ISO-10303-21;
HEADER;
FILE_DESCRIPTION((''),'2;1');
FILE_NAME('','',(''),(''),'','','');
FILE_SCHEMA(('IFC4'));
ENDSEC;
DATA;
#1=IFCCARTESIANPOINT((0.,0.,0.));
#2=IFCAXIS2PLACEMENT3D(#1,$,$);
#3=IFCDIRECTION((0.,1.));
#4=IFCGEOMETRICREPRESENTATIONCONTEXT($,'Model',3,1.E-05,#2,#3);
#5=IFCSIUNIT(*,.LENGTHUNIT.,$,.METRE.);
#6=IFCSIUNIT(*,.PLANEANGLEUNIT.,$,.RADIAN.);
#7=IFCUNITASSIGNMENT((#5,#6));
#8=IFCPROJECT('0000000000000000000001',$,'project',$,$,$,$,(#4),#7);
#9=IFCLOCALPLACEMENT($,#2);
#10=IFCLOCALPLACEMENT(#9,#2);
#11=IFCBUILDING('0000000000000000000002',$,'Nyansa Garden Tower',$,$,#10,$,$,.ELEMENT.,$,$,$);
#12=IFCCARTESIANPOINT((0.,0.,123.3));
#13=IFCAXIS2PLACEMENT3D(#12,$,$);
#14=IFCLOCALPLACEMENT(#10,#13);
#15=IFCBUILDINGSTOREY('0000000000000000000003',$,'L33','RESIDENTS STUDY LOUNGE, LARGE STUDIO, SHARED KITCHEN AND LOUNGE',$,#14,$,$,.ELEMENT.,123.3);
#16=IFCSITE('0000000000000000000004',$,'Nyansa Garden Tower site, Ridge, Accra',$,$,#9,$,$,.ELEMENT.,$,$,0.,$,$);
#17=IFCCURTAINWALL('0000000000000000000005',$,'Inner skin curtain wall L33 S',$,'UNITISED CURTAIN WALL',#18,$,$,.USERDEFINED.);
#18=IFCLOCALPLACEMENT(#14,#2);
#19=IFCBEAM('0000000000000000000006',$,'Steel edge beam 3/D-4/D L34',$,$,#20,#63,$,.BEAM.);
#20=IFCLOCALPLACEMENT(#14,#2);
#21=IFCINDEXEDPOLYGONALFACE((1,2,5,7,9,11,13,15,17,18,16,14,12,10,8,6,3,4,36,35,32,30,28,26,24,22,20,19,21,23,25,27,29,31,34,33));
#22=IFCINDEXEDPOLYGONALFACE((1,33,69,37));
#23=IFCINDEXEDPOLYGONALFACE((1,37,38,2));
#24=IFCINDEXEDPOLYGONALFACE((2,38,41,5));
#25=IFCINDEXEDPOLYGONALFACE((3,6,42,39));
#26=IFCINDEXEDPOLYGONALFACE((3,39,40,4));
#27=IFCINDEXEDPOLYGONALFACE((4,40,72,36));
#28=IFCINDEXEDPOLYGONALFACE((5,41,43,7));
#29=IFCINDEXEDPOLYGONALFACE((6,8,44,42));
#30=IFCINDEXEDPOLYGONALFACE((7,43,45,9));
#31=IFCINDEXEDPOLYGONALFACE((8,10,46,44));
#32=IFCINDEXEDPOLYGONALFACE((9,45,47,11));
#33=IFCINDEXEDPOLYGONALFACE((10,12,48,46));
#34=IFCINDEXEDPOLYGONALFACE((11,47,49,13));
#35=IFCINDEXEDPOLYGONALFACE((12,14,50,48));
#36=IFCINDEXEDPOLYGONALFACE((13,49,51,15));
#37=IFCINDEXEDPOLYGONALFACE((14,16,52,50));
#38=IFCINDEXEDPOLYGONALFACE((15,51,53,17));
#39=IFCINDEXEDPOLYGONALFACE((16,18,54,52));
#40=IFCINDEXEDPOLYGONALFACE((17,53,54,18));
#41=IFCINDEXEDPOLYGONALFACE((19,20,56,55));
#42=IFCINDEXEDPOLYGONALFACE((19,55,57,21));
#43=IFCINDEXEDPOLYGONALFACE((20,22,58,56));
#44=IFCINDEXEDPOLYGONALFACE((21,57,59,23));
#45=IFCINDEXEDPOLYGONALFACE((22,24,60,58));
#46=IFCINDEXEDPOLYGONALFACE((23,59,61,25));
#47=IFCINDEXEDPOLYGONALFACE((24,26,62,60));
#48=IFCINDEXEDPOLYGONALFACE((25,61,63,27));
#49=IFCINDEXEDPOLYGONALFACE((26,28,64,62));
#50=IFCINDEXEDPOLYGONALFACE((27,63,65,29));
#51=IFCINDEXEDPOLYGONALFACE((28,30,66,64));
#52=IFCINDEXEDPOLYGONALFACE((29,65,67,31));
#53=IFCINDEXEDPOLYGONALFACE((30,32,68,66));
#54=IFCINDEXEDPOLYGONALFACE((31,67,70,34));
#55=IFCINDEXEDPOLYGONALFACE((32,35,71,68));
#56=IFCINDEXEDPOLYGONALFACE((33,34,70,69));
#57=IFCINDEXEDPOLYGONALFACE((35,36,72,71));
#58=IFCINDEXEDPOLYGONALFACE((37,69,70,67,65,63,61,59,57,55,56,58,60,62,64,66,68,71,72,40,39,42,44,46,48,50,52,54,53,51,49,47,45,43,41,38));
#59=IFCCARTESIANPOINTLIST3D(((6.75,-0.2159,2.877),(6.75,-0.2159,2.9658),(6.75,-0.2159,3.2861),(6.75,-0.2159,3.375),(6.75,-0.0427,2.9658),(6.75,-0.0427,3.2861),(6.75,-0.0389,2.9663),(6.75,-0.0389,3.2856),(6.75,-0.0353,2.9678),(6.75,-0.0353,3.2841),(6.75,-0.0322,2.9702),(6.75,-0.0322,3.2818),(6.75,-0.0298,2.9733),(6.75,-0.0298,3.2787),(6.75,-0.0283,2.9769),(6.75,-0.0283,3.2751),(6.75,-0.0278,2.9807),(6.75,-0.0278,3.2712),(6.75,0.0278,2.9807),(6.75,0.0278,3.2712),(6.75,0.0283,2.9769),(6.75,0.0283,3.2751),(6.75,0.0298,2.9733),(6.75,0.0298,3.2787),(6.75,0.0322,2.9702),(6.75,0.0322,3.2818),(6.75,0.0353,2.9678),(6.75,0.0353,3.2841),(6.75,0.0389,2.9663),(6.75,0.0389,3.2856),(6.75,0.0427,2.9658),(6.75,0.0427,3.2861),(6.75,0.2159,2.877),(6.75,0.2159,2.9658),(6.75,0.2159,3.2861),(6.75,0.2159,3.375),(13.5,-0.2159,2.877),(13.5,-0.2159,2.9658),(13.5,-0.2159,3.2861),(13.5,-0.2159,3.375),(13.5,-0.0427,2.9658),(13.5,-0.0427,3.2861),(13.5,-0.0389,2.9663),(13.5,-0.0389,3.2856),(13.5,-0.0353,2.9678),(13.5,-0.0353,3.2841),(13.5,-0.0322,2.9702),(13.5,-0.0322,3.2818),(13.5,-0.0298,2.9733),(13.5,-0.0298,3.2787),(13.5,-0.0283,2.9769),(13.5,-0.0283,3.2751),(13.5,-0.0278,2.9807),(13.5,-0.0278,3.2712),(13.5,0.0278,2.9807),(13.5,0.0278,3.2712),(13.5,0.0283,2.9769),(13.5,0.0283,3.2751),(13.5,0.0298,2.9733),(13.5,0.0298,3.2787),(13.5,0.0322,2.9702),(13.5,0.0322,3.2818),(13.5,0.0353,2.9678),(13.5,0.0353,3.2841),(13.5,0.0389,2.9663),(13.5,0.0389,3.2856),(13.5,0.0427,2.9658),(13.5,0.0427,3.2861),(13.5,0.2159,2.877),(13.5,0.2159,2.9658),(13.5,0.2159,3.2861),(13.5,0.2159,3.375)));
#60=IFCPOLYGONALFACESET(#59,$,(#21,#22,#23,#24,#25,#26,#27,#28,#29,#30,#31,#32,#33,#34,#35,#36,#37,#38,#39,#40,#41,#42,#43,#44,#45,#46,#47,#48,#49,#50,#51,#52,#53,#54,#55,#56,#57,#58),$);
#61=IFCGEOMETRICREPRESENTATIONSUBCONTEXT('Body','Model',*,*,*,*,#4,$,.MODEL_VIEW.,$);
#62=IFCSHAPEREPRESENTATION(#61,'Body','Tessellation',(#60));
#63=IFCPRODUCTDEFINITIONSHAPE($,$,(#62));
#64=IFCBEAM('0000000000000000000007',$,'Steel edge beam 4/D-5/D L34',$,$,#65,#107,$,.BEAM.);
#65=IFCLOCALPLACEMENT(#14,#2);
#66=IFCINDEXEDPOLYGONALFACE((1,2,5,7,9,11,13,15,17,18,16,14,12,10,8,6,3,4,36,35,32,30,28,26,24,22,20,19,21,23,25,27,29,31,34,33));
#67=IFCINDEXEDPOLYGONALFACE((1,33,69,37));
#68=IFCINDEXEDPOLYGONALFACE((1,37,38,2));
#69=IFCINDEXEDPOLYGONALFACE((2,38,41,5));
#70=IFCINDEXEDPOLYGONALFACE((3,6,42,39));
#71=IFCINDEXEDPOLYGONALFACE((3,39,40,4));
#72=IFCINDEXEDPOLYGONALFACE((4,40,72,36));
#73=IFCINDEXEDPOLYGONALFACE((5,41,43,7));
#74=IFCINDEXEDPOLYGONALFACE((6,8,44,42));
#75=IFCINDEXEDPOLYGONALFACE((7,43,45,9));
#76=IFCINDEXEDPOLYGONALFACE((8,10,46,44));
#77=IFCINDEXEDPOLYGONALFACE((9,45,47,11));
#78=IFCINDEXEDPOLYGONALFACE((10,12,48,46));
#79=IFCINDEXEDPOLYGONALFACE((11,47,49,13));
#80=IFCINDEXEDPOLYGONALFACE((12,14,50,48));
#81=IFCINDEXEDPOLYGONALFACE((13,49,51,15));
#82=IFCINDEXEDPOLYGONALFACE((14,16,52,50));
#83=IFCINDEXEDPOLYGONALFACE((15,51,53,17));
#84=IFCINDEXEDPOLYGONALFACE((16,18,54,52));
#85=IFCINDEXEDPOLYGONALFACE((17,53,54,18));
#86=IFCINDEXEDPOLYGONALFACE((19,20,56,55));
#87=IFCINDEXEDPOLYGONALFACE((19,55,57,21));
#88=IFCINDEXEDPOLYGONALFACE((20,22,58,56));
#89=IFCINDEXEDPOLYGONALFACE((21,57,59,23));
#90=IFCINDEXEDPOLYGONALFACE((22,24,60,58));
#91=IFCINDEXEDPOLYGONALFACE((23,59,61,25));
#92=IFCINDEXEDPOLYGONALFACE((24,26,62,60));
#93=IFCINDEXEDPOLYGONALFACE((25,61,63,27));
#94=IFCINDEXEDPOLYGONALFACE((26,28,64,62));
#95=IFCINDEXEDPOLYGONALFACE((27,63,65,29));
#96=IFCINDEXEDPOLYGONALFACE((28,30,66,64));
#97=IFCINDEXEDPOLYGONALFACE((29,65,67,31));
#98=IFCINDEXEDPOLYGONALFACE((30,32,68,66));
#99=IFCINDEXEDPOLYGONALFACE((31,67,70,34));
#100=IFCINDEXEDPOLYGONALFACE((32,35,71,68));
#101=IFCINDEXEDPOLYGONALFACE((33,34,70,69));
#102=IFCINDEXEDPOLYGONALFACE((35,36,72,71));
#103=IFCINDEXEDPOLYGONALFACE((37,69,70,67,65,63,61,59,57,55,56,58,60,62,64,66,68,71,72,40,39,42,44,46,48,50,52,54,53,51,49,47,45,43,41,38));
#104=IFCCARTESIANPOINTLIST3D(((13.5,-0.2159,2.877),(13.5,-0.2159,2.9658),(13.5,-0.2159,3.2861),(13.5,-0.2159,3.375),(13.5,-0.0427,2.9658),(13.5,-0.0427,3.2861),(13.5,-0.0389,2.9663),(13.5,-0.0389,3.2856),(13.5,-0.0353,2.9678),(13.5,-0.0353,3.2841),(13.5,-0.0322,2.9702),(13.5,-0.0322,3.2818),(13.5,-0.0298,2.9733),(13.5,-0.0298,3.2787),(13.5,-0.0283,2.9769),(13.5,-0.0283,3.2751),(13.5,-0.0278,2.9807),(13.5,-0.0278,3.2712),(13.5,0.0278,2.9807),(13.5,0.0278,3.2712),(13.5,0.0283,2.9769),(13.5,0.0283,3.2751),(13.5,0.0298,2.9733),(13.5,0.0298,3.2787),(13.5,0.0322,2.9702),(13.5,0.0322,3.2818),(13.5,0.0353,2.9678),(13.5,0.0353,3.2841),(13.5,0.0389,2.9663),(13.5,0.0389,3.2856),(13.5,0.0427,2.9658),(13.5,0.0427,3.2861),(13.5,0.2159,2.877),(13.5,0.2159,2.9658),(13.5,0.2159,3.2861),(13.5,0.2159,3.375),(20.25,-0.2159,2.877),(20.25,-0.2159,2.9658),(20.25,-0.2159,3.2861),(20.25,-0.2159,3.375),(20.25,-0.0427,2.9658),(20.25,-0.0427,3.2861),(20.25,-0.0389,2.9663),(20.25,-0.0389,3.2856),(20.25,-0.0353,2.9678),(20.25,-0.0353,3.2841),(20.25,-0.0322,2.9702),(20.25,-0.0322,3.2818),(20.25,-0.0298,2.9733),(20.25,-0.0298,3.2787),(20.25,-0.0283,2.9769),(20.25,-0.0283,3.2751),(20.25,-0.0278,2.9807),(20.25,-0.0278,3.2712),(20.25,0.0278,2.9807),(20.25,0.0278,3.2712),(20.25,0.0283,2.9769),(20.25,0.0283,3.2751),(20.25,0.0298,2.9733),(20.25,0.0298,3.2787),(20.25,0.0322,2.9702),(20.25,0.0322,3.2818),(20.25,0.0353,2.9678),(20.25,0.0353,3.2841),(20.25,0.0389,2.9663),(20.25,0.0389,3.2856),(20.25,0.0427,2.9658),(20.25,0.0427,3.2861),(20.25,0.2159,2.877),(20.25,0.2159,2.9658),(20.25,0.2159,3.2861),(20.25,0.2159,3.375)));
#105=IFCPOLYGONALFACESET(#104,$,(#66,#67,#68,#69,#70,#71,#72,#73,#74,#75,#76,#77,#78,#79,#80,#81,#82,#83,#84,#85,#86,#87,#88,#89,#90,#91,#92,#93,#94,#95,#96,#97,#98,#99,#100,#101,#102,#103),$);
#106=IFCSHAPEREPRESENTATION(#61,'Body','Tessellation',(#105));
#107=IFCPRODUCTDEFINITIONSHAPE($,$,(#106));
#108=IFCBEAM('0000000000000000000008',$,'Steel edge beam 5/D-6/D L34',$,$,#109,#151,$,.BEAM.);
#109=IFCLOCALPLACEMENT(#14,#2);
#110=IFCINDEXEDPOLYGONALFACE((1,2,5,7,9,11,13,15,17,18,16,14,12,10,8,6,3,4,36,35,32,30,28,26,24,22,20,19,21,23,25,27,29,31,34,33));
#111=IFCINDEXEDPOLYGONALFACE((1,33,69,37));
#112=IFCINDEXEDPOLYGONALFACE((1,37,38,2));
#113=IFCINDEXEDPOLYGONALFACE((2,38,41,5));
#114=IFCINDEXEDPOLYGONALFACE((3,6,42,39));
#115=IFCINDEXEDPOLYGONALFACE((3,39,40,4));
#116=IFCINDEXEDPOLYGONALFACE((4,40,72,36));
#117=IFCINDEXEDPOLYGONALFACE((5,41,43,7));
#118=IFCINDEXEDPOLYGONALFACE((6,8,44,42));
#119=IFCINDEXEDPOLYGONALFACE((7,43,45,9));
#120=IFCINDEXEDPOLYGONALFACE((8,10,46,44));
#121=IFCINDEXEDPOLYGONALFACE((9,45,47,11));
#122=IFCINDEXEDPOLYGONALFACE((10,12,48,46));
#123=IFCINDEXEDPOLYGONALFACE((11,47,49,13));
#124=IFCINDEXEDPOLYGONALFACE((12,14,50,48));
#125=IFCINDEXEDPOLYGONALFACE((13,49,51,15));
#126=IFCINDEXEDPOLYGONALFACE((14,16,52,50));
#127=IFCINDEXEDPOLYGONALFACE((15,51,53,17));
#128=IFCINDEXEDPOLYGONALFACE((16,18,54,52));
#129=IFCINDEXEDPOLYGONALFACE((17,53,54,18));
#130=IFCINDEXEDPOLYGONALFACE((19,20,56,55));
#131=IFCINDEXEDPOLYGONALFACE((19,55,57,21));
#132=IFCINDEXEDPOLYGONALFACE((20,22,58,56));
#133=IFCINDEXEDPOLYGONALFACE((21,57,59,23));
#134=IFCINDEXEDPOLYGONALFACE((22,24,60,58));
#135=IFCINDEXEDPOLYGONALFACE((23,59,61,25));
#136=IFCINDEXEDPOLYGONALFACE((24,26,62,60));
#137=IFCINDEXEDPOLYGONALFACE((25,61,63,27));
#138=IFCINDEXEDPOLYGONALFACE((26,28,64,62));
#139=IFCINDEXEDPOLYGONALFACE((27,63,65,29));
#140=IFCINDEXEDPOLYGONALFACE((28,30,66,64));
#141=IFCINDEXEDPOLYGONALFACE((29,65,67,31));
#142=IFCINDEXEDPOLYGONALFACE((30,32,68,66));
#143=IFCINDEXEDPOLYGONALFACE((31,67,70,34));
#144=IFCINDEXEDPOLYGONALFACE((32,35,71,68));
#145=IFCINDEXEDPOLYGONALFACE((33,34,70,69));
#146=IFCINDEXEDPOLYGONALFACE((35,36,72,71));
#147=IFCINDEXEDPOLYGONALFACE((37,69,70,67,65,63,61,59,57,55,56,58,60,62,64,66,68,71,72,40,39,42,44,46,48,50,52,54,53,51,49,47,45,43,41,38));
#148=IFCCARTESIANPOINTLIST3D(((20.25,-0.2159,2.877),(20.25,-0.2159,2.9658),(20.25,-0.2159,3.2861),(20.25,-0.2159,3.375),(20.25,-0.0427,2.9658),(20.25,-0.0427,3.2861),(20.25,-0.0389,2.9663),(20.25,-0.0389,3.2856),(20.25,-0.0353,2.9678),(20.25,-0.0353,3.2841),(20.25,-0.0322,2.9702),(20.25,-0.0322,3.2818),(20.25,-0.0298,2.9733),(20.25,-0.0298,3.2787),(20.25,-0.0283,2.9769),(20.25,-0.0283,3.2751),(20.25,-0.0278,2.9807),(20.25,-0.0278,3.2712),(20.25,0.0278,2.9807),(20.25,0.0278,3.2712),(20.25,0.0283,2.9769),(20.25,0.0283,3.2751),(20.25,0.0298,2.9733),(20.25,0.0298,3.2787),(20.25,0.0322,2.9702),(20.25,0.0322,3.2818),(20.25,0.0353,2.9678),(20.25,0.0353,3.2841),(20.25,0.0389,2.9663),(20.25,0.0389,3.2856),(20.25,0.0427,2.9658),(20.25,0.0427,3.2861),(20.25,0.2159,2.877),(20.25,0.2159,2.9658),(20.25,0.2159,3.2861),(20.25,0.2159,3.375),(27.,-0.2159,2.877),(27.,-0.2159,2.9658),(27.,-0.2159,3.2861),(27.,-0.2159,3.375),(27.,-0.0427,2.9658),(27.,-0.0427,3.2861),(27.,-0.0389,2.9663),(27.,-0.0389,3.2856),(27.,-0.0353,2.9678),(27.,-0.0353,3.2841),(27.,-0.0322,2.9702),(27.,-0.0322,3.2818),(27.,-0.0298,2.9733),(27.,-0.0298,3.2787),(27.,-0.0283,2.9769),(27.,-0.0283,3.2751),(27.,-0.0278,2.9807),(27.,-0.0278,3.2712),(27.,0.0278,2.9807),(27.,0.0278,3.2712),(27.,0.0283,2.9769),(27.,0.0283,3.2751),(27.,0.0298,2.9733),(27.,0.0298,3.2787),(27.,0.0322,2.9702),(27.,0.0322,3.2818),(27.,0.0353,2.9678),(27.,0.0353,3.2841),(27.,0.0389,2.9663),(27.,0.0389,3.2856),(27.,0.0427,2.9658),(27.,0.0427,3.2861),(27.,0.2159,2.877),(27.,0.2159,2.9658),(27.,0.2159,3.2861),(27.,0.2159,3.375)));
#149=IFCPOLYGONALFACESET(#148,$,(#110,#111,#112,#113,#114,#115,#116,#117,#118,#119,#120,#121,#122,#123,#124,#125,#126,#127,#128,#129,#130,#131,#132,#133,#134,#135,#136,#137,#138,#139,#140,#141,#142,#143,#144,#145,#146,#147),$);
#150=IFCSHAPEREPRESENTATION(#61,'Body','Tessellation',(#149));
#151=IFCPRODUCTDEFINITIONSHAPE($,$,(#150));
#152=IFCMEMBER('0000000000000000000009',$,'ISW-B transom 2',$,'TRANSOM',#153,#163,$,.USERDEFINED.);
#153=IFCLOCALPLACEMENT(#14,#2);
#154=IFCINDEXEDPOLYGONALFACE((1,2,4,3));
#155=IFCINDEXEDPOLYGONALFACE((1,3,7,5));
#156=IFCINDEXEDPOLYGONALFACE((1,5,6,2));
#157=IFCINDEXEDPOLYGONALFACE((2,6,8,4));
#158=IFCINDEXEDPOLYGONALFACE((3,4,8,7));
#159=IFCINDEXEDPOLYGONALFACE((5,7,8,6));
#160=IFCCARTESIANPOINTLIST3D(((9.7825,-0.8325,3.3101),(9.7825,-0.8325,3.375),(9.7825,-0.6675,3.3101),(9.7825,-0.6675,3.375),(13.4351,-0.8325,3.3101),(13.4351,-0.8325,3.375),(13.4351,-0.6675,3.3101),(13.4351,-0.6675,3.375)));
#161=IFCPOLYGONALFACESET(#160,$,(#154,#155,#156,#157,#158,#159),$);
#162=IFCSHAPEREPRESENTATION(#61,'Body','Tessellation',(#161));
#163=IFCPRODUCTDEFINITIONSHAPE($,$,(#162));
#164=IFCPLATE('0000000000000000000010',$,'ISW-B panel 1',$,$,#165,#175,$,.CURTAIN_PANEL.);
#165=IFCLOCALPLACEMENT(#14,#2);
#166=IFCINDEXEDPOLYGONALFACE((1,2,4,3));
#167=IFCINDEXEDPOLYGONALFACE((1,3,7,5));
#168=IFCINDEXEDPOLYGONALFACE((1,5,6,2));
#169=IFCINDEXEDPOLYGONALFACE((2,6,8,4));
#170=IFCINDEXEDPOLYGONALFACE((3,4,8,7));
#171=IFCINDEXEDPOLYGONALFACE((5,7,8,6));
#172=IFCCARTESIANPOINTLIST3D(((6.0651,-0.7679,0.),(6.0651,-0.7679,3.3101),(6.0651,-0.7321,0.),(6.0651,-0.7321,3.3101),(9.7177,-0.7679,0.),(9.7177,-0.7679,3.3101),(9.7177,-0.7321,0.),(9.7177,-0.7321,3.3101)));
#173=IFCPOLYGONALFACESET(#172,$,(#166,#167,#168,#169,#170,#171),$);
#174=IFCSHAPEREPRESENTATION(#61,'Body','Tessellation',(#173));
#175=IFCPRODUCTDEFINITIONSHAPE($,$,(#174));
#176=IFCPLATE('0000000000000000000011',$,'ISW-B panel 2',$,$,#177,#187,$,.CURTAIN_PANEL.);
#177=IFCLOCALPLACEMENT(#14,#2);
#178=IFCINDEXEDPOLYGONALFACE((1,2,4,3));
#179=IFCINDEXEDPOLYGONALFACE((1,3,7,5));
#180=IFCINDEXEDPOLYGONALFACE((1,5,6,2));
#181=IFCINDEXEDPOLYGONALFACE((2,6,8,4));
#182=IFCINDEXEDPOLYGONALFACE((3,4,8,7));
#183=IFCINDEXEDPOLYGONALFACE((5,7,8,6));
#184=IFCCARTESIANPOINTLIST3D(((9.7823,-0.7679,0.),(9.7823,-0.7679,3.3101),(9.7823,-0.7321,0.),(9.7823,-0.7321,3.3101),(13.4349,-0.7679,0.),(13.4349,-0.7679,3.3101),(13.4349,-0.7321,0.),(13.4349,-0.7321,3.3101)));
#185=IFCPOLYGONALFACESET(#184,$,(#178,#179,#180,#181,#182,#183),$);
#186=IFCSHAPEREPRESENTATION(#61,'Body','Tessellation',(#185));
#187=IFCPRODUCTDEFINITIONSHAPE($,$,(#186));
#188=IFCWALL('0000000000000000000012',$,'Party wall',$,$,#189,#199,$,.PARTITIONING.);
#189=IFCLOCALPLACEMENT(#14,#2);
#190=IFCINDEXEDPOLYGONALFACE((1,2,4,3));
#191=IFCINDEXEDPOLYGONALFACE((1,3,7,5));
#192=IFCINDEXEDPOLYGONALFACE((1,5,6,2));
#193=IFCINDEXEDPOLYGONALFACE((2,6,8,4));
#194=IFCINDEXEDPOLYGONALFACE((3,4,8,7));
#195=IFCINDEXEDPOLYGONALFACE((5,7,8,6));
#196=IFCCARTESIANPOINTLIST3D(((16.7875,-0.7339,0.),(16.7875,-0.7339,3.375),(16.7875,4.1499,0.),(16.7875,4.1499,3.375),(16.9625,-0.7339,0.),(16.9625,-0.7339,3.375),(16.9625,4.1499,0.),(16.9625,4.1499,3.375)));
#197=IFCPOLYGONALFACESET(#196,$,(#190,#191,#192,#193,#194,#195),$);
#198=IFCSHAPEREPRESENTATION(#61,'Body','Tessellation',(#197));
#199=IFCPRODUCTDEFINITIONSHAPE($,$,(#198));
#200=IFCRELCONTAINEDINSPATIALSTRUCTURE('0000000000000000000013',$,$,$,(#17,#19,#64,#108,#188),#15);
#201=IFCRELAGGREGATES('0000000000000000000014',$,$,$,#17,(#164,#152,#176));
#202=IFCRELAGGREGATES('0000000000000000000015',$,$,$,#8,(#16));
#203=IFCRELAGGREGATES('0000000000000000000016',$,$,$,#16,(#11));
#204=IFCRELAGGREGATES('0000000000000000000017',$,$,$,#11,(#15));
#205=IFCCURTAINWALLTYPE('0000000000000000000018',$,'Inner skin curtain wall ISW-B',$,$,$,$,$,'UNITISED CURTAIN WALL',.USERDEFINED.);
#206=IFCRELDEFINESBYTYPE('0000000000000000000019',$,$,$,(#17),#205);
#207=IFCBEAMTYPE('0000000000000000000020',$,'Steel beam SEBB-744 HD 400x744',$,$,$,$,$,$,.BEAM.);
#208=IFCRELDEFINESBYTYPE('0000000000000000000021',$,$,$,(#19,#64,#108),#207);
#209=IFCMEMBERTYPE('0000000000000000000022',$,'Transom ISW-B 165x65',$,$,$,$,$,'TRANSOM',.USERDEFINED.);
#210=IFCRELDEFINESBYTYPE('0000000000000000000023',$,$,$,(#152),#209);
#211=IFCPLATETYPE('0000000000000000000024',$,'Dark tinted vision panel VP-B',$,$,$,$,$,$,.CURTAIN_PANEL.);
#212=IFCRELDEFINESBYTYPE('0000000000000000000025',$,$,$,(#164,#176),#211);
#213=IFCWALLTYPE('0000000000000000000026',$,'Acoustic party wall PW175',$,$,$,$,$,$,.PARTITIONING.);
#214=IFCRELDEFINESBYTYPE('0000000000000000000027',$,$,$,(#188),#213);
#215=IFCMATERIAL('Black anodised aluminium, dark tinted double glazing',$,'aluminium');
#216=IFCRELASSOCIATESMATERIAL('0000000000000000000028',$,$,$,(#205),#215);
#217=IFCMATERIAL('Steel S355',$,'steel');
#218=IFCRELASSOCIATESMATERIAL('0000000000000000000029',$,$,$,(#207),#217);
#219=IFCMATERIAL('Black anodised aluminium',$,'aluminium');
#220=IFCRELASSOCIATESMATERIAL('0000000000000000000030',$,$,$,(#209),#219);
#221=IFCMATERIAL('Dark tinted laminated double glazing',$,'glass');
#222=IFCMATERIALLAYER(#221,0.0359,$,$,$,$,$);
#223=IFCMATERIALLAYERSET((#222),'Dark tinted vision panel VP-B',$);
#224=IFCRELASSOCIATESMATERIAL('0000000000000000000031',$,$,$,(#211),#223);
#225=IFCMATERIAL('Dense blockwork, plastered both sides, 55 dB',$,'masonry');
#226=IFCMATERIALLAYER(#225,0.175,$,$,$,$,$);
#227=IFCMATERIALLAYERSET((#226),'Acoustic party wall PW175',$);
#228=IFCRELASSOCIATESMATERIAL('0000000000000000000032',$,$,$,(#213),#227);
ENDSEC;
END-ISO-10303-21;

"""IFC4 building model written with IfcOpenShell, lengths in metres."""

from ifc_helpers import new_model, si_unit, direction, frame, frame_2d, origin, origin_2d, place, context, subcontext, project, spatial, rectangle, i_section, extrude, material, layer, layer_set, material_profile, profile_set, type_object, element, aggregate, save


model = new_model("IFC4")

# Units and contexts
model_context = context("Model", 3, precision=1e-05, world=origin(), true_north=direction((0.0, 1.0)))
body_context = subcontext(model_context, "Body", "Model", "MODEL_VIEW")
ifc_project = project(units=[si_unit("LENGTHUNIT", "METRE"), si_unit("PLANEANGLEUNIT", "RADIAN")], contexts=[model_context])

# Site, building, storey
site_placement = place(None, origin())
site = spatial("IfcSite", under=ifc_project, at=site_placement, Name="Nyansa Garden Tower site, Ridge, Accra", CompositionType="ELEMENT", RefElevation=0.0)
building_placement = place(site_placement, origin())
building = spatial("IfcBuilding", under=site, at=building_placement, Name="Nyansa Garden Tower", CompositionType="ELEMENT")
storey_placement = place(building_placement, frame((0.0, 0.0, 123.3)))
storey = spatial("IfcBuildingStorey", under=building, at=storey_placement, Name="L33", Description="RESIDENTS STUDY LOUNGE, LARGE STUDIO, SHARED KITCHEN AND LOUNGE", CompositionType="ELEMENT", Elevation=123.3)

# Curtain wall
ifc_material_1 = material(Name="Black anodised aluminium, dark tinted double glazing", Category="aluminium")
curtain_wall_type = type_object("IfcCurtainWallType", Name="Inner skin curtain wall ISW-B", ElementType="UNITISED CURTAIN WALL", PredefinedType="USERDEFINED", material=ifc_material_1)
curtain_wall_placement = place(storey_placement, origin())
curtain_wall = element("IfcCurtainWall", 1, at=curtain_wall_placement, inside=storey, type_object=curtain_wall_type, Name="Inner skin curtain wall L33 S", ObjectType="UNITISED CURTAIN WALL", PredefinedType="USERDEFINED")

# Beams
ifc_material_2 = material(Name="Steel S355", Category="steel")
ifc_material_profile_1 = material_profile(ifc_material_2, i_section(OverallWidth=0.4319, OverallDepth=0.498, WebThickness=0.0557, FlangeThickness=0.0889, FilletRadius=0.0149, at=origin_2d()), Name="HD 400x744")
ifc_profile_set_1 = profile_set([ifc_material_profile_1], Name="Steel S355")
beam_type_1 = type_object("IfcBeamType", Name="Steel beam SEBB-744 HD 400x744", PredefinedType="BEAM", material=ifc_profile_set_1)
for number, where, z_axis, x_axis, name in (
    (2, (6.75, 0.0, 3.126), (1.0, 0.0, 0.0), (0.0, 1.0, 0.0), "Steel edge beam 3/D-4/D L34"),
    (3, (13.5, 0.0, 3.126), (1.0, 0.0, 0.0), (0.0, 1.0, 0.0), "Steel edge beam 4/D-5/D L34"),
    (4, (20.25, 0.0, 3.126), (1.0, 0.0, 0.0), (0.0, 1.0, 0.0), "Steel edge beam 5/D-6/D L34"),
):
    element("IfcBeam", number, at=place(storey_placement, frame(where, z_axis=z_axis, x_axis=x_axis)), inside=storey, type_object=beam_type_1, Name=name, PredefinedType="BEAM", context=body_context, shape_type="SweptSolid", body=[
        extrude(i_section(OverallWidth=0.4319, OverallDepth=0.498, WebThickness=0.0557, FlangeThickness=0.0889, FilletRadius=0.0149, at=origin_2d()), origin(), (0.0, 0.0, 1.0), 6.75),
    ])

# Member
ifc_material_3 = material(Name="Black anodised aluminium", Category="aluminium")
ifc_material_profile_2 = material_profile(ifc_material_3, rectangle(XDim=0.165, YDim=0.0649, at=origin_2d()), Name="Transom 165x65")
ifc_profile_set_2 = profile_set([ifc_material_profile_2], Name="Black anodised aluminium")
member_type_1 = type_object("IfcMemberType", Name="Transom ISW-B 165x65", ElementType="TRANSOM", PredefinedType="USERDEFINED", material=ifc_profile_set_2)
member_1_placement = place(storey_placement, frame((9.7825, -0.75, 3.3425), z_axis=(1.0, 0.0, 0.0), x_axis=(0.0, 1.0, 0.0)))
member_1 = element("IfcMember", 5, at=member_1_placement, type_object=member_type_1, Name="ISW-B transom 2", ObjectType="TRANSOM", PredefinedType="USERDEFINED", context=body_context, shape_type="SweptSolid", body=[
    extrude(rectangle(XDim=0.165, YDim=0.0649, at=origin_2d()), origin(), (0.0, 0.0, 1.0), 3.6526),
])

# Plates
ifc_material_4 = material(Name="Dark tinted laminated double glazing", Category="glass")
ifc_layer_1 = layer(ifc_material_4, 0.0359)
ifc_layer_set_1 = layer_set([ifc_layer_1], Name="Dark tinted vision panel VP-B")
plate_type = type_object("IfcPlateType", Name="Dark tinted vision panel VP-B", PredefinedType="CURTAIN_PANEL", material=ifc_layer_set_1)
plate_1_placement = place(storey_placement, frame((7.8914, -0.75, 0.0), z_axis=(0.0, 0.0, 1.0), x_axis=(1.0, 0.0, 0.0)))
plate_1 = element("IfcPlate", 6, at=plate_1_placement, type_object=plate_type, Name="ISW-B panel 1", PredefinedType="CURTAIN_PANEL", context=body_context, shape_type="SweptSolid", body=[
    extrude(rectangle(XDim=3.6526, YDim=0.0359, at=origin_2d()), origin(), (0.0, 0.0, 1.0), 3.3101),
])
plate_2_placement = place(storey_placement, frame((11.6086, -0.75, 0.0), z_axis=(0.0, 0.0, 1.0), x_axis=(1.0, 0.0, 0.0)))
plate_2 = element("IfcPlate", 7, at=plate_2_placement, type_object=plate_type, Name="ISW-B panel 2", PredefinedType="CURTAIN_PANEL", context=body_context, shape_type="SweptSolid", body=[
    extrude(rectangle(XDim=3.6526, YDim=0.0359, at=origin_2d()), origin(), (0.0, 0.0, 1.0), 3.3101),
])
aggregate(curtain_wall, [plate_1, member_1, plate_2])

# Wall
ifc_material_5 = material(Name="Dense blockwork, plastered both sides, 55 dB", Category="masonry")
ifc_layer_2 = layer(ifc_material_5, 0.175)
ifc_layer_set_2 = layer_set([ifc_layer_2], Name="Acoustic party wall PW175")
wall_type_1 = type_object("IfcWallType", Name="Acoustic party wall PW175", PredefinedType="PARTITIONING", material=ifc_layer_set_2)
wall_1_placement = place(storey_placement, frame((16.875, -0.7339, 0.0), z_axis=(0.0, 0.0, 1.0), x_axis=(0.0, 1.0, 0.0)))
element("IfcWall", 8, at=wall_1_placement, inside=storey, type_object=wall_type_1, Name="Party wall", PredefinedType="PARTITIONING", context=body_context, shape_type="SweptSolid", body=[
    extrude(rectangle(XDim=4.8838, YDim=0.175, at=frame_2d((2.4419, 0.0))), origin(), (0.0, 0.0, 1.0), 3.375),
])

save(model, "model.ifc")
